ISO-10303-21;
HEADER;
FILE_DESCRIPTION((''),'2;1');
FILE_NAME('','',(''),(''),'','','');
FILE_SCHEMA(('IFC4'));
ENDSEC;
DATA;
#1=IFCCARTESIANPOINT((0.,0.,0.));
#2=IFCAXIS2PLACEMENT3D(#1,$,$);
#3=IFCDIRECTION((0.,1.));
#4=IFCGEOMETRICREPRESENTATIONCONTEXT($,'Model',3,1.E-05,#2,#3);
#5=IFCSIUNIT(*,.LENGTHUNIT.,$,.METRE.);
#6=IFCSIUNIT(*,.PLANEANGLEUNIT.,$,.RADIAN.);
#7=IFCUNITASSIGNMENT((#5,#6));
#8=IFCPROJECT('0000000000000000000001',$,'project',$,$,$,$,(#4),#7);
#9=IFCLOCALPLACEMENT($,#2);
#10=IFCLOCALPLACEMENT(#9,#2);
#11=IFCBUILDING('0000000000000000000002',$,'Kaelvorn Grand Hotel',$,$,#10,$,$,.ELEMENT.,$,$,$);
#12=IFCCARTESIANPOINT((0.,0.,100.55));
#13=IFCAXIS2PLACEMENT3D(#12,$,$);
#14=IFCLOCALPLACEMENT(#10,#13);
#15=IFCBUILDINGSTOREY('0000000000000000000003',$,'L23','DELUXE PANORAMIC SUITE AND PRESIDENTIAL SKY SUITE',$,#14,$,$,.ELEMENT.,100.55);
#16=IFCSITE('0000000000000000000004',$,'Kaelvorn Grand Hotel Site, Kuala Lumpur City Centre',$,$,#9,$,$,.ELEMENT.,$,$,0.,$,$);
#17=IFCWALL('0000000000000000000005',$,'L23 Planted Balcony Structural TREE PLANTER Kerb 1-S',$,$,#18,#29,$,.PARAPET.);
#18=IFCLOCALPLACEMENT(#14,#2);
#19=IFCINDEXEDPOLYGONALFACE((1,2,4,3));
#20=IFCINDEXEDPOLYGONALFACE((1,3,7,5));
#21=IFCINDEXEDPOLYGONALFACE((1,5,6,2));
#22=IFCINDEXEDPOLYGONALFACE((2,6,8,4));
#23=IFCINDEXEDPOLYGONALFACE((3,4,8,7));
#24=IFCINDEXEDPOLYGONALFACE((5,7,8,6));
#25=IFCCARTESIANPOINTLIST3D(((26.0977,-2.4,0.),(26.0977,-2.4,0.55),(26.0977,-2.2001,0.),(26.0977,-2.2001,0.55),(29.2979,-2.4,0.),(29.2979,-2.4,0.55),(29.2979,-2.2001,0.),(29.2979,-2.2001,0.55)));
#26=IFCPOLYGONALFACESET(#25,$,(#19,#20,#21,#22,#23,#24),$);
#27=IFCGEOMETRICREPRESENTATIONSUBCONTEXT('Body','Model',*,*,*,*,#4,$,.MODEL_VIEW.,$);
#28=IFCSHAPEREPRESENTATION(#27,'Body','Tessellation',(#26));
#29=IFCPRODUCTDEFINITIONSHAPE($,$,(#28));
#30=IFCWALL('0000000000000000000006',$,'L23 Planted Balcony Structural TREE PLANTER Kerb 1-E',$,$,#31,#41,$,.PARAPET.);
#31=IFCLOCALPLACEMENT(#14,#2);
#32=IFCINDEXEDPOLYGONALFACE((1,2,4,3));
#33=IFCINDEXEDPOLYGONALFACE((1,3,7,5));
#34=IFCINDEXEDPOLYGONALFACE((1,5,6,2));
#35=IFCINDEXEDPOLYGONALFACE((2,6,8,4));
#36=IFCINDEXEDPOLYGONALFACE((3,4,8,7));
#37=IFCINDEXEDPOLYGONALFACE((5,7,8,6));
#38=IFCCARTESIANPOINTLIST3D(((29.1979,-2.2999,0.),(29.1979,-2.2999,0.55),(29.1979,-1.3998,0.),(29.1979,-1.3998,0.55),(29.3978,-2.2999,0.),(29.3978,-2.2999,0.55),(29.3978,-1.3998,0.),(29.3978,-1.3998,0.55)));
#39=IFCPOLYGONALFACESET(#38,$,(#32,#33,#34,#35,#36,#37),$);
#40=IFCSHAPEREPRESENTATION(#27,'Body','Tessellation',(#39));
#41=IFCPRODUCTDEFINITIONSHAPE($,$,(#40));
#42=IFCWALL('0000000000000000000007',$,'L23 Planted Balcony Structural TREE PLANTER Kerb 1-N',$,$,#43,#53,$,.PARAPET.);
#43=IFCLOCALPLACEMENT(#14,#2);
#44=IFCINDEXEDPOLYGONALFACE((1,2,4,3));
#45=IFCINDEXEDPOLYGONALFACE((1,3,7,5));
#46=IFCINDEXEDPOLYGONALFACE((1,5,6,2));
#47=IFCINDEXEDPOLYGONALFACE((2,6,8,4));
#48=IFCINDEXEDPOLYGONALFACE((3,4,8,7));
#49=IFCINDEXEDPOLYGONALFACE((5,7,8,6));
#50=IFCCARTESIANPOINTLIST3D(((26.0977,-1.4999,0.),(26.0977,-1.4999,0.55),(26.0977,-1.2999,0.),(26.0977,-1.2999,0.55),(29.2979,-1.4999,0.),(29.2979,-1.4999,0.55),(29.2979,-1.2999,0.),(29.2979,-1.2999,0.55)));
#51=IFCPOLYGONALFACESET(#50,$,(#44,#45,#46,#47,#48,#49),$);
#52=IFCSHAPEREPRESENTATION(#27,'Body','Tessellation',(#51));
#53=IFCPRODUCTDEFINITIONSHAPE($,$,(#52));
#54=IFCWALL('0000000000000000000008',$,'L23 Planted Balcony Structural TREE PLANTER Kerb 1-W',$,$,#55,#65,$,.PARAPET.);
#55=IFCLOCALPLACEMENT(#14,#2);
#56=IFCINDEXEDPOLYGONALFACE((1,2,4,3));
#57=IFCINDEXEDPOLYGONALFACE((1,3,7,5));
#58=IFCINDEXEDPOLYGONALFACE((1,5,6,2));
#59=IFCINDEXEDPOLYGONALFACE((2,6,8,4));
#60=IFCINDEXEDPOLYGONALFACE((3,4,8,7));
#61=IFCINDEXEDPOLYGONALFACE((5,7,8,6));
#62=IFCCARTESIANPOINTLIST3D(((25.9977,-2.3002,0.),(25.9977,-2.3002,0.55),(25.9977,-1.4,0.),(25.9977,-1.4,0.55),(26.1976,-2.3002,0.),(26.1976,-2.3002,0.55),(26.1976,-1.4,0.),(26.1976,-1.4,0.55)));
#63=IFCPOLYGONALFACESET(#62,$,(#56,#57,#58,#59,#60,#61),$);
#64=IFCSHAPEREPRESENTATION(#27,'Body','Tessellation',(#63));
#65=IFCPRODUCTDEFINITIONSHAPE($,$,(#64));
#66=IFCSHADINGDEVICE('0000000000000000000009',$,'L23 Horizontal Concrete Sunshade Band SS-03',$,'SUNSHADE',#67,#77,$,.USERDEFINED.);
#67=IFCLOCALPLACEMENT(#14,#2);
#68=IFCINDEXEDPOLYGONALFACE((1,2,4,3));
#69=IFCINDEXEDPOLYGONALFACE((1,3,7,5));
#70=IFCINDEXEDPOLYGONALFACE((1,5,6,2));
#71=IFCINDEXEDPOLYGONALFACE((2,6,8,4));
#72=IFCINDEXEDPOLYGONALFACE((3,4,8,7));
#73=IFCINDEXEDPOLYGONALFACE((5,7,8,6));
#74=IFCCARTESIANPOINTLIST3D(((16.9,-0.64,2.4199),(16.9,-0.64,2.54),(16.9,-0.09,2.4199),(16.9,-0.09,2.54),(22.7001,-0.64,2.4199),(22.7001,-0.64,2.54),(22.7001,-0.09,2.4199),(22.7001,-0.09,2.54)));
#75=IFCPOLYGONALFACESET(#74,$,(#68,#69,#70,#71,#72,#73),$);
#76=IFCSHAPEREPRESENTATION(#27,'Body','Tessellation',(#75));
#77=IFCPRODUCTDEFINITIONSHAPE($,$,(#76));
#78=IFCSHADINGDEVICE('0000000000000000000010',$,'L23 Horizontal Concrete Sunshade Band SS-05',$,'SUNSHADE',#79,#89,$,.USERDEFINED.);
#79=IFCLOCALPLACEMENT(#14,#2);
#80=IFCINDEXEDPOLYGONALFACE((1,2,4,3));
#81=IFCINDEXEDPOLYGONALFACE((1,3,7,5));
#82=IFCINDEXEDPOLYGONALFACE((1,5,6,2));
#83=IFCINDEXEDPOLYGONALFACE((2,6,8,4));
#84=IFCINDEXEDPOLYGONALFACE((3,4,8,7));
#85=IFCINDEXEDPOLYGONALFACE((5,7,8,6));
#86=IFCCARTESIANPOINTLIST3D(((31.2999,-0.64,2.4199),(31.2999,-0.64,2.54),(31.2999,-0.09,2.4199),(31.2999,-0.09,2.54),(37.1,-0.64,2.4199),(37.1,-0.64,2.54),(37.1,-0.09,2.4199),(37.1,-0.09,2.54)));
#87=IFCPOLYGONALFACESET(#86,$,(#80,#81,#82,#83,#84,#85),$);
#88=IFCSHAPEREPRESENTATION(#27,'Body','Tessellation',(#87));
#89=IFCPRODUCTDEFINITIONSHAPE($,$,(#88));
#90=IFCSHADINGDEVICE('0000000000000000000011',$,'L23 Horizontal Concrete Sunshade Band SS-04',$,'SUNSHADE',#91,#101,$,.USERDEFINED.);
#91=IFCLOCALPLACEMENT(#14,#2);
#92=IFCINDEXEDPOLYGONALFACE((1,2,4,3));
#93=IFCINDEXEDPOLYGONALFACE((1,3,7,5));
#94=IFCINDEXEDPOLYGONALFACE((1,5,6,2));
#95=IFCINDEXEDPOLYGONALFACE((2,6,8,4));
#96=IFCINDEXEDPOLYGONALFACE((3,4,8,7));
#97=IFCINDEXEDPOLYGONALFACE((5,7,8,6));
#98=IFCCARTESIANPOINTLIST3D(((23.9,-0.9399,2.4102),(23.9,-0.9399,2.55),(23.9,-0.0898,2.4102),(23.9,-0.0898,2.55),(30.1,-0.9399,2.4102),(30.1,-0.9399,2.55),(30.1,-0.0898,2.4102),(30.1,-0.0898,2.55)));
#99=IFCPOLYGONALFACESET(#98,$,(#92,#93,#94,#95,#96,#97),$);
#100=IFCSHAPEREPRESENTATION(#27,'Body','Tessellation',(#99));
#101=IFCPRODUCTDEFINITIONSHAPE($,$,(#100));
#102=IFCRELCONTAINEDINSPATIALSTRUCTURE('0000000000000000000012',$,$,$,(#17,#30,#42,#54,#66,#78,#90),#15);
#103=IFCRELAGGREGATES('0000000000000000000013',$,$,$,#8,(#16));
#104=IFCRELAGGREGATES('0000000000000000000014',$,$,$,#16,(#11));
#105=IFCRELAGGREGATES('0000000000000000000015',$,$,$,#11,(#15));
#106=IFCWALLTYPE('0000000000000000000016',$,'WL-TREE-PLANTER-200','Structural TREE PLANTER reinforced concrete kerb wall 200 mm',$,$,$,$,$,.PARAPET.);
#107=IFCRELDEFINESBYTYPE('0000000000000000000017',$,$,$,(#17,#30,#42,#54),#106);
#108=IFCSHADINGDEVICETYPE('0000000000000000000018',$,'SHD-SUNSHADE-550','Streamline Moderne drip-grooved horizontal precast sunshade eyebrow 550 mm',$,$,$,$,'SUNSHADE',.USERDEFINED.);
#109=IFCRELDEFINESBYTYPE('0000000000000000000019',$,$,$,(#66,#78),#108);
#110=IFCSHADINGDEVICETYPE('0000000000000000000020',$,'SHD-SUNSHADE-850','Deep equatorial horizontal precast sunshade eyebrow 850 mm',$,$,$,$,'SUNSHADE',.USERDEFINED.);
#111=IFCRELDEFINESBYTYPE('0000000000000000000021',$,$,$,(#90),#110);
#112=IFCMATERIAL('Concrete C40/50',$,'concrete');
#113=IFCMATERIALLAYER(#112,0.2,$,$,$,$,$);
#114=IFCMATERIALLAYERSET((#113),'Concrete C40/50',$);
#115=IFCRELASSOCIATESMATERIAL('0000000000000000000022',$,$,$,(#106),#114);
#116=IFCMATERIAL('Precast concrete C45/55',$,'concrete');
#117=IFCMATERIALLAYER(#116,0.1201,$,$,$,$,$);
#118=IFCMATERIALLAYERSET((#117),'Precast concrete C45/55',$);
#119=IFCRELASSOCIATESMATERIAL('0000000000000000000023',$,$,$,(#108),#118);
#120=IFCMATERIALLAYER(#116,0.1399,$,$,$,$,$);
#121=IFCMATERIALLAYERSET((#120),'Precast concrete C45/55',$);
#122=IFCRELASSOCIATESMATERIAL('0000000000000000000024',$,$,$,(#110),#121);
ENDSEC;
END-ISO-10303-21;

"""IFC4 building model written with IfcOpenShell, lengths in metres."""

from ifc_helpers import new_model, si_unit, direction, frame, frame_2d, origin, origin_2d, place, context, subcontext, project, spatial, rectangle, extrude, material, layer, layer_set, type_object, element, save


model = new_model("IFC4")

# Units and contexts
model_context = context("Model", 3, precision=1e-05, world=origin(), true_north=direction((0.0, 1.0)))
body_context = subcontext(model_context, "Body", "Model", "MODEL_VIEW")
ifc_project = project(units=[si_unit("LENGTHUNIT", "METRE"), si_unit("PLANEANGLEUNIT", "RADIAN")], contexts=[model_context])

# Site, building, storey
site_placement = place(None, origin())
site = spatial("IfcSite", under=ifc_project, at=site_placement, Name="Kaelvorn Grand Hotel Site, Kuala Lumpur City Centre", CompositionType="ELEMENT", RefElevation=0.0)
building_placement = place(site_placement, origin())
building = spatial("IfcBuilding", under=site, at=building_placement, Name="Kaelvorn Grand Hotel", CompositionType="ELEMENT")
storey_placement = place(building_placement, frame((0.0, 0.0, 100.55)))
storey = spatial("IfcBuildingStorey", under=building, at=storey_placement, Name="L23", Description="DELUXE PANORAMIC SUITE AND PRESIDENTIAL SKY SUITE", CompositionType="ELEMENT", Elevation=100.55)

# Shared definitions
ifc_material_1 = material(Name="Concrete C40/50", Category="concrete")

# Walls
ifc_layer_1 = layer(ifc_material_1, 0.2)
ifc_layer_set_1 = layer_set([ifc_layer_1], Name="Concrete C40/50")
wall_type_1 = type_object("IfcWallType", Name="WL-TREE-PLANTER-200", Description="Structural TREE PLANTER reinforced concrete kerb wall 200 mm", PredefinedType="PARAPET", material=ifc_layer_set_1)
wall_1_placement = place(storey_placement, frame((26.0977, -2.3, 0.0), z_axis=(0.0, 0.0, 1.0), x_axis=(1.0, 0.0, 0.0)))
element("IfcWall", 1, at=wall_1_placement, inside=storey, type_object=wall_type_1, Name="L23 Planted Balcony Structural TREE PLANTER Kerb 1-S", PredefinedType="PARAPET", context=body_context, shape_type="SweptSolid", body=[
    extrude(rectangle(XDim=3.2002, YDim=0.2, at=frame_2d((1.6001, 0.0))), origin(), (0.0, 0.0, 1.0), 0.55),
])
wall_2_placement = place(storey_placement, frame((29.2979, -2.3, 0.0), z_axis=(0.0, 0.0, 1.0), x_axis=(0.0, 1.0, 0.0)))
element("IfcWall", 2, at=wall_2_placement, inside=storey, type_object=wall_type_1, Name="L23 Planted Balcony Structural TREE PLANTER Kerb 1-E", PredefinedType="PARAPET", context=body_context, shape_type="SweptSolid", body=[
    extrude(rectangle(XDim=0.9001, YDim=0.2, at=frame_2d((0.4502, 0.0))), origin(), (0.0, 0.0, 1.0), 0.55),
])
wall_3_placement = place(storey_placement, frame((29.2979, -1.3999, 0.0), z_axis=(0.0, 0.0, 1.0), x_axis=(-1.0, 0.0, 0.0)))
element("IfcWall", 3, at=wall_3_placement, inside=storey, type_object=wall_type_1, Name="L23 Planted Balcony Structural TREE PLANTER Kerb 1-N", PredefinedType="PARAPET", context=body_context, shape_type="SweptSolid", body=[
    extrude(rectangle(XDim=3.2002, YDim=0.2, at=frame_2d((1.6001, 0.0))), origin(), (0.0, 0.0, 1.0), 0.55),
])
wall_4_placement = place(storey_placement, frame((26.0977, -1.3999, 0.0), z_axis=(0.0, 0.0, 1.0), x_axis=(0.0, -1.0, 0.0)))
element("IfcWall", 4, at=wall_4_placement, inside=storey, type_object=wall_type_1, Name="L23 Planted Balcony Structural TREE PLANTER Kerb 1-W", PredefinedType="PARAPET", context=body_context, shape_type="SweptSolid", body=[
    extrude(rectangle(XDim=0.9001, YDim=0.2, at=frame_2d((0.4502, 0.0))), origin(), (0.0, 0.0, 1.0), 0.55),
])

# Shading devices
ifc_material_2 = material(Name="Precast concrete C45/55", Category="concrete")
ifc_layer_2 = layer(ifc_material_2, 0.1201)
ifc_layer_set_2 = layer_set([ifc_layer_2], Name="Precast concrete C45/55")
shading_device_type_1 = type_object("IfcShadingDeviceType", Name="SHD-SUNSHADE-550", Description="Streamline Moderne drip-grooved horizontal precast sunshade eyebrow 550 mm", ElementType="SUNSHADE", PredefinedType="USERDEFINED", material=ifc_layer_set_2)
for number, where, z_axis, x_axis, name in (
    (5, (19.8, -0.365, 2.4199), (0.0, 0.0, 1.0), (1.0, 0.0, 0.0), "L23 Horizontal Concrete Sunshade Band SS-03"),
    (6, (34.2, -0.365, 2.4199), (0.0, 0.0, 1.0), (1.0, 0.0, 0.0), "L23 Horizontal Concrete Sunshade Band SS-05"),
):
    element("IfcShadingDevice", number, at=place(storey_placement, frame(where, z_axis=z_axis, x_axis=x_axis)), inside=storey, type_object=shading_device_type_1, Name=name, ObjectType="SUNSHADE", PredefinedType="USERDEFINED", context=body_context, shape_type="SweptSolid", body=[
        extrude(rectangle(XDim=5.8, YDim=0.55, at=origin_2d()), origin(), (0.0, 0.0, 1.0), 0.1201),
    ])
ifc_layer_3 = layer(ifc_material_2, 0.1399)
ifc_layer_set_3 = layer_set([ifc_layer_3], Name="Precast concrete C45/55")
shading_device_type_2 = type_object("IfcShadingDeviceType", Name="SHD-SUNSHADE-850", Description="Deep equatorial horizontal precast sunshade eyebrow 850 mm", ElementType="SUNSHADE", PredefinedType="USERDEFINED", material=ifc_layer_set_3)
shading_device_placement = place(storey_placement, frame((27.0, -0.5149, 2.4102), z_axis=(0.0, 0.0, 1.0), x_axis=(1.0, 0.0, 0.0)))
element("IfcShadingDevice", 7, at=shading_device_placement, inside=storey, type_object=shading_device_type_2, Name="L23 Horizontal Concrete Sunshade Band SS-04", ObjectType="SUNSHADE", PredefinedType="USERDEFINED", context=body_context, shape_type="SweptSolid", body=[
    extrude(rectangle(XDim=6.2, YDim=0.8501, at=origin_2d()), origin(), (0.0, 0.0, 1.0), 0.1399),
])

save(model, "model.ifc")
